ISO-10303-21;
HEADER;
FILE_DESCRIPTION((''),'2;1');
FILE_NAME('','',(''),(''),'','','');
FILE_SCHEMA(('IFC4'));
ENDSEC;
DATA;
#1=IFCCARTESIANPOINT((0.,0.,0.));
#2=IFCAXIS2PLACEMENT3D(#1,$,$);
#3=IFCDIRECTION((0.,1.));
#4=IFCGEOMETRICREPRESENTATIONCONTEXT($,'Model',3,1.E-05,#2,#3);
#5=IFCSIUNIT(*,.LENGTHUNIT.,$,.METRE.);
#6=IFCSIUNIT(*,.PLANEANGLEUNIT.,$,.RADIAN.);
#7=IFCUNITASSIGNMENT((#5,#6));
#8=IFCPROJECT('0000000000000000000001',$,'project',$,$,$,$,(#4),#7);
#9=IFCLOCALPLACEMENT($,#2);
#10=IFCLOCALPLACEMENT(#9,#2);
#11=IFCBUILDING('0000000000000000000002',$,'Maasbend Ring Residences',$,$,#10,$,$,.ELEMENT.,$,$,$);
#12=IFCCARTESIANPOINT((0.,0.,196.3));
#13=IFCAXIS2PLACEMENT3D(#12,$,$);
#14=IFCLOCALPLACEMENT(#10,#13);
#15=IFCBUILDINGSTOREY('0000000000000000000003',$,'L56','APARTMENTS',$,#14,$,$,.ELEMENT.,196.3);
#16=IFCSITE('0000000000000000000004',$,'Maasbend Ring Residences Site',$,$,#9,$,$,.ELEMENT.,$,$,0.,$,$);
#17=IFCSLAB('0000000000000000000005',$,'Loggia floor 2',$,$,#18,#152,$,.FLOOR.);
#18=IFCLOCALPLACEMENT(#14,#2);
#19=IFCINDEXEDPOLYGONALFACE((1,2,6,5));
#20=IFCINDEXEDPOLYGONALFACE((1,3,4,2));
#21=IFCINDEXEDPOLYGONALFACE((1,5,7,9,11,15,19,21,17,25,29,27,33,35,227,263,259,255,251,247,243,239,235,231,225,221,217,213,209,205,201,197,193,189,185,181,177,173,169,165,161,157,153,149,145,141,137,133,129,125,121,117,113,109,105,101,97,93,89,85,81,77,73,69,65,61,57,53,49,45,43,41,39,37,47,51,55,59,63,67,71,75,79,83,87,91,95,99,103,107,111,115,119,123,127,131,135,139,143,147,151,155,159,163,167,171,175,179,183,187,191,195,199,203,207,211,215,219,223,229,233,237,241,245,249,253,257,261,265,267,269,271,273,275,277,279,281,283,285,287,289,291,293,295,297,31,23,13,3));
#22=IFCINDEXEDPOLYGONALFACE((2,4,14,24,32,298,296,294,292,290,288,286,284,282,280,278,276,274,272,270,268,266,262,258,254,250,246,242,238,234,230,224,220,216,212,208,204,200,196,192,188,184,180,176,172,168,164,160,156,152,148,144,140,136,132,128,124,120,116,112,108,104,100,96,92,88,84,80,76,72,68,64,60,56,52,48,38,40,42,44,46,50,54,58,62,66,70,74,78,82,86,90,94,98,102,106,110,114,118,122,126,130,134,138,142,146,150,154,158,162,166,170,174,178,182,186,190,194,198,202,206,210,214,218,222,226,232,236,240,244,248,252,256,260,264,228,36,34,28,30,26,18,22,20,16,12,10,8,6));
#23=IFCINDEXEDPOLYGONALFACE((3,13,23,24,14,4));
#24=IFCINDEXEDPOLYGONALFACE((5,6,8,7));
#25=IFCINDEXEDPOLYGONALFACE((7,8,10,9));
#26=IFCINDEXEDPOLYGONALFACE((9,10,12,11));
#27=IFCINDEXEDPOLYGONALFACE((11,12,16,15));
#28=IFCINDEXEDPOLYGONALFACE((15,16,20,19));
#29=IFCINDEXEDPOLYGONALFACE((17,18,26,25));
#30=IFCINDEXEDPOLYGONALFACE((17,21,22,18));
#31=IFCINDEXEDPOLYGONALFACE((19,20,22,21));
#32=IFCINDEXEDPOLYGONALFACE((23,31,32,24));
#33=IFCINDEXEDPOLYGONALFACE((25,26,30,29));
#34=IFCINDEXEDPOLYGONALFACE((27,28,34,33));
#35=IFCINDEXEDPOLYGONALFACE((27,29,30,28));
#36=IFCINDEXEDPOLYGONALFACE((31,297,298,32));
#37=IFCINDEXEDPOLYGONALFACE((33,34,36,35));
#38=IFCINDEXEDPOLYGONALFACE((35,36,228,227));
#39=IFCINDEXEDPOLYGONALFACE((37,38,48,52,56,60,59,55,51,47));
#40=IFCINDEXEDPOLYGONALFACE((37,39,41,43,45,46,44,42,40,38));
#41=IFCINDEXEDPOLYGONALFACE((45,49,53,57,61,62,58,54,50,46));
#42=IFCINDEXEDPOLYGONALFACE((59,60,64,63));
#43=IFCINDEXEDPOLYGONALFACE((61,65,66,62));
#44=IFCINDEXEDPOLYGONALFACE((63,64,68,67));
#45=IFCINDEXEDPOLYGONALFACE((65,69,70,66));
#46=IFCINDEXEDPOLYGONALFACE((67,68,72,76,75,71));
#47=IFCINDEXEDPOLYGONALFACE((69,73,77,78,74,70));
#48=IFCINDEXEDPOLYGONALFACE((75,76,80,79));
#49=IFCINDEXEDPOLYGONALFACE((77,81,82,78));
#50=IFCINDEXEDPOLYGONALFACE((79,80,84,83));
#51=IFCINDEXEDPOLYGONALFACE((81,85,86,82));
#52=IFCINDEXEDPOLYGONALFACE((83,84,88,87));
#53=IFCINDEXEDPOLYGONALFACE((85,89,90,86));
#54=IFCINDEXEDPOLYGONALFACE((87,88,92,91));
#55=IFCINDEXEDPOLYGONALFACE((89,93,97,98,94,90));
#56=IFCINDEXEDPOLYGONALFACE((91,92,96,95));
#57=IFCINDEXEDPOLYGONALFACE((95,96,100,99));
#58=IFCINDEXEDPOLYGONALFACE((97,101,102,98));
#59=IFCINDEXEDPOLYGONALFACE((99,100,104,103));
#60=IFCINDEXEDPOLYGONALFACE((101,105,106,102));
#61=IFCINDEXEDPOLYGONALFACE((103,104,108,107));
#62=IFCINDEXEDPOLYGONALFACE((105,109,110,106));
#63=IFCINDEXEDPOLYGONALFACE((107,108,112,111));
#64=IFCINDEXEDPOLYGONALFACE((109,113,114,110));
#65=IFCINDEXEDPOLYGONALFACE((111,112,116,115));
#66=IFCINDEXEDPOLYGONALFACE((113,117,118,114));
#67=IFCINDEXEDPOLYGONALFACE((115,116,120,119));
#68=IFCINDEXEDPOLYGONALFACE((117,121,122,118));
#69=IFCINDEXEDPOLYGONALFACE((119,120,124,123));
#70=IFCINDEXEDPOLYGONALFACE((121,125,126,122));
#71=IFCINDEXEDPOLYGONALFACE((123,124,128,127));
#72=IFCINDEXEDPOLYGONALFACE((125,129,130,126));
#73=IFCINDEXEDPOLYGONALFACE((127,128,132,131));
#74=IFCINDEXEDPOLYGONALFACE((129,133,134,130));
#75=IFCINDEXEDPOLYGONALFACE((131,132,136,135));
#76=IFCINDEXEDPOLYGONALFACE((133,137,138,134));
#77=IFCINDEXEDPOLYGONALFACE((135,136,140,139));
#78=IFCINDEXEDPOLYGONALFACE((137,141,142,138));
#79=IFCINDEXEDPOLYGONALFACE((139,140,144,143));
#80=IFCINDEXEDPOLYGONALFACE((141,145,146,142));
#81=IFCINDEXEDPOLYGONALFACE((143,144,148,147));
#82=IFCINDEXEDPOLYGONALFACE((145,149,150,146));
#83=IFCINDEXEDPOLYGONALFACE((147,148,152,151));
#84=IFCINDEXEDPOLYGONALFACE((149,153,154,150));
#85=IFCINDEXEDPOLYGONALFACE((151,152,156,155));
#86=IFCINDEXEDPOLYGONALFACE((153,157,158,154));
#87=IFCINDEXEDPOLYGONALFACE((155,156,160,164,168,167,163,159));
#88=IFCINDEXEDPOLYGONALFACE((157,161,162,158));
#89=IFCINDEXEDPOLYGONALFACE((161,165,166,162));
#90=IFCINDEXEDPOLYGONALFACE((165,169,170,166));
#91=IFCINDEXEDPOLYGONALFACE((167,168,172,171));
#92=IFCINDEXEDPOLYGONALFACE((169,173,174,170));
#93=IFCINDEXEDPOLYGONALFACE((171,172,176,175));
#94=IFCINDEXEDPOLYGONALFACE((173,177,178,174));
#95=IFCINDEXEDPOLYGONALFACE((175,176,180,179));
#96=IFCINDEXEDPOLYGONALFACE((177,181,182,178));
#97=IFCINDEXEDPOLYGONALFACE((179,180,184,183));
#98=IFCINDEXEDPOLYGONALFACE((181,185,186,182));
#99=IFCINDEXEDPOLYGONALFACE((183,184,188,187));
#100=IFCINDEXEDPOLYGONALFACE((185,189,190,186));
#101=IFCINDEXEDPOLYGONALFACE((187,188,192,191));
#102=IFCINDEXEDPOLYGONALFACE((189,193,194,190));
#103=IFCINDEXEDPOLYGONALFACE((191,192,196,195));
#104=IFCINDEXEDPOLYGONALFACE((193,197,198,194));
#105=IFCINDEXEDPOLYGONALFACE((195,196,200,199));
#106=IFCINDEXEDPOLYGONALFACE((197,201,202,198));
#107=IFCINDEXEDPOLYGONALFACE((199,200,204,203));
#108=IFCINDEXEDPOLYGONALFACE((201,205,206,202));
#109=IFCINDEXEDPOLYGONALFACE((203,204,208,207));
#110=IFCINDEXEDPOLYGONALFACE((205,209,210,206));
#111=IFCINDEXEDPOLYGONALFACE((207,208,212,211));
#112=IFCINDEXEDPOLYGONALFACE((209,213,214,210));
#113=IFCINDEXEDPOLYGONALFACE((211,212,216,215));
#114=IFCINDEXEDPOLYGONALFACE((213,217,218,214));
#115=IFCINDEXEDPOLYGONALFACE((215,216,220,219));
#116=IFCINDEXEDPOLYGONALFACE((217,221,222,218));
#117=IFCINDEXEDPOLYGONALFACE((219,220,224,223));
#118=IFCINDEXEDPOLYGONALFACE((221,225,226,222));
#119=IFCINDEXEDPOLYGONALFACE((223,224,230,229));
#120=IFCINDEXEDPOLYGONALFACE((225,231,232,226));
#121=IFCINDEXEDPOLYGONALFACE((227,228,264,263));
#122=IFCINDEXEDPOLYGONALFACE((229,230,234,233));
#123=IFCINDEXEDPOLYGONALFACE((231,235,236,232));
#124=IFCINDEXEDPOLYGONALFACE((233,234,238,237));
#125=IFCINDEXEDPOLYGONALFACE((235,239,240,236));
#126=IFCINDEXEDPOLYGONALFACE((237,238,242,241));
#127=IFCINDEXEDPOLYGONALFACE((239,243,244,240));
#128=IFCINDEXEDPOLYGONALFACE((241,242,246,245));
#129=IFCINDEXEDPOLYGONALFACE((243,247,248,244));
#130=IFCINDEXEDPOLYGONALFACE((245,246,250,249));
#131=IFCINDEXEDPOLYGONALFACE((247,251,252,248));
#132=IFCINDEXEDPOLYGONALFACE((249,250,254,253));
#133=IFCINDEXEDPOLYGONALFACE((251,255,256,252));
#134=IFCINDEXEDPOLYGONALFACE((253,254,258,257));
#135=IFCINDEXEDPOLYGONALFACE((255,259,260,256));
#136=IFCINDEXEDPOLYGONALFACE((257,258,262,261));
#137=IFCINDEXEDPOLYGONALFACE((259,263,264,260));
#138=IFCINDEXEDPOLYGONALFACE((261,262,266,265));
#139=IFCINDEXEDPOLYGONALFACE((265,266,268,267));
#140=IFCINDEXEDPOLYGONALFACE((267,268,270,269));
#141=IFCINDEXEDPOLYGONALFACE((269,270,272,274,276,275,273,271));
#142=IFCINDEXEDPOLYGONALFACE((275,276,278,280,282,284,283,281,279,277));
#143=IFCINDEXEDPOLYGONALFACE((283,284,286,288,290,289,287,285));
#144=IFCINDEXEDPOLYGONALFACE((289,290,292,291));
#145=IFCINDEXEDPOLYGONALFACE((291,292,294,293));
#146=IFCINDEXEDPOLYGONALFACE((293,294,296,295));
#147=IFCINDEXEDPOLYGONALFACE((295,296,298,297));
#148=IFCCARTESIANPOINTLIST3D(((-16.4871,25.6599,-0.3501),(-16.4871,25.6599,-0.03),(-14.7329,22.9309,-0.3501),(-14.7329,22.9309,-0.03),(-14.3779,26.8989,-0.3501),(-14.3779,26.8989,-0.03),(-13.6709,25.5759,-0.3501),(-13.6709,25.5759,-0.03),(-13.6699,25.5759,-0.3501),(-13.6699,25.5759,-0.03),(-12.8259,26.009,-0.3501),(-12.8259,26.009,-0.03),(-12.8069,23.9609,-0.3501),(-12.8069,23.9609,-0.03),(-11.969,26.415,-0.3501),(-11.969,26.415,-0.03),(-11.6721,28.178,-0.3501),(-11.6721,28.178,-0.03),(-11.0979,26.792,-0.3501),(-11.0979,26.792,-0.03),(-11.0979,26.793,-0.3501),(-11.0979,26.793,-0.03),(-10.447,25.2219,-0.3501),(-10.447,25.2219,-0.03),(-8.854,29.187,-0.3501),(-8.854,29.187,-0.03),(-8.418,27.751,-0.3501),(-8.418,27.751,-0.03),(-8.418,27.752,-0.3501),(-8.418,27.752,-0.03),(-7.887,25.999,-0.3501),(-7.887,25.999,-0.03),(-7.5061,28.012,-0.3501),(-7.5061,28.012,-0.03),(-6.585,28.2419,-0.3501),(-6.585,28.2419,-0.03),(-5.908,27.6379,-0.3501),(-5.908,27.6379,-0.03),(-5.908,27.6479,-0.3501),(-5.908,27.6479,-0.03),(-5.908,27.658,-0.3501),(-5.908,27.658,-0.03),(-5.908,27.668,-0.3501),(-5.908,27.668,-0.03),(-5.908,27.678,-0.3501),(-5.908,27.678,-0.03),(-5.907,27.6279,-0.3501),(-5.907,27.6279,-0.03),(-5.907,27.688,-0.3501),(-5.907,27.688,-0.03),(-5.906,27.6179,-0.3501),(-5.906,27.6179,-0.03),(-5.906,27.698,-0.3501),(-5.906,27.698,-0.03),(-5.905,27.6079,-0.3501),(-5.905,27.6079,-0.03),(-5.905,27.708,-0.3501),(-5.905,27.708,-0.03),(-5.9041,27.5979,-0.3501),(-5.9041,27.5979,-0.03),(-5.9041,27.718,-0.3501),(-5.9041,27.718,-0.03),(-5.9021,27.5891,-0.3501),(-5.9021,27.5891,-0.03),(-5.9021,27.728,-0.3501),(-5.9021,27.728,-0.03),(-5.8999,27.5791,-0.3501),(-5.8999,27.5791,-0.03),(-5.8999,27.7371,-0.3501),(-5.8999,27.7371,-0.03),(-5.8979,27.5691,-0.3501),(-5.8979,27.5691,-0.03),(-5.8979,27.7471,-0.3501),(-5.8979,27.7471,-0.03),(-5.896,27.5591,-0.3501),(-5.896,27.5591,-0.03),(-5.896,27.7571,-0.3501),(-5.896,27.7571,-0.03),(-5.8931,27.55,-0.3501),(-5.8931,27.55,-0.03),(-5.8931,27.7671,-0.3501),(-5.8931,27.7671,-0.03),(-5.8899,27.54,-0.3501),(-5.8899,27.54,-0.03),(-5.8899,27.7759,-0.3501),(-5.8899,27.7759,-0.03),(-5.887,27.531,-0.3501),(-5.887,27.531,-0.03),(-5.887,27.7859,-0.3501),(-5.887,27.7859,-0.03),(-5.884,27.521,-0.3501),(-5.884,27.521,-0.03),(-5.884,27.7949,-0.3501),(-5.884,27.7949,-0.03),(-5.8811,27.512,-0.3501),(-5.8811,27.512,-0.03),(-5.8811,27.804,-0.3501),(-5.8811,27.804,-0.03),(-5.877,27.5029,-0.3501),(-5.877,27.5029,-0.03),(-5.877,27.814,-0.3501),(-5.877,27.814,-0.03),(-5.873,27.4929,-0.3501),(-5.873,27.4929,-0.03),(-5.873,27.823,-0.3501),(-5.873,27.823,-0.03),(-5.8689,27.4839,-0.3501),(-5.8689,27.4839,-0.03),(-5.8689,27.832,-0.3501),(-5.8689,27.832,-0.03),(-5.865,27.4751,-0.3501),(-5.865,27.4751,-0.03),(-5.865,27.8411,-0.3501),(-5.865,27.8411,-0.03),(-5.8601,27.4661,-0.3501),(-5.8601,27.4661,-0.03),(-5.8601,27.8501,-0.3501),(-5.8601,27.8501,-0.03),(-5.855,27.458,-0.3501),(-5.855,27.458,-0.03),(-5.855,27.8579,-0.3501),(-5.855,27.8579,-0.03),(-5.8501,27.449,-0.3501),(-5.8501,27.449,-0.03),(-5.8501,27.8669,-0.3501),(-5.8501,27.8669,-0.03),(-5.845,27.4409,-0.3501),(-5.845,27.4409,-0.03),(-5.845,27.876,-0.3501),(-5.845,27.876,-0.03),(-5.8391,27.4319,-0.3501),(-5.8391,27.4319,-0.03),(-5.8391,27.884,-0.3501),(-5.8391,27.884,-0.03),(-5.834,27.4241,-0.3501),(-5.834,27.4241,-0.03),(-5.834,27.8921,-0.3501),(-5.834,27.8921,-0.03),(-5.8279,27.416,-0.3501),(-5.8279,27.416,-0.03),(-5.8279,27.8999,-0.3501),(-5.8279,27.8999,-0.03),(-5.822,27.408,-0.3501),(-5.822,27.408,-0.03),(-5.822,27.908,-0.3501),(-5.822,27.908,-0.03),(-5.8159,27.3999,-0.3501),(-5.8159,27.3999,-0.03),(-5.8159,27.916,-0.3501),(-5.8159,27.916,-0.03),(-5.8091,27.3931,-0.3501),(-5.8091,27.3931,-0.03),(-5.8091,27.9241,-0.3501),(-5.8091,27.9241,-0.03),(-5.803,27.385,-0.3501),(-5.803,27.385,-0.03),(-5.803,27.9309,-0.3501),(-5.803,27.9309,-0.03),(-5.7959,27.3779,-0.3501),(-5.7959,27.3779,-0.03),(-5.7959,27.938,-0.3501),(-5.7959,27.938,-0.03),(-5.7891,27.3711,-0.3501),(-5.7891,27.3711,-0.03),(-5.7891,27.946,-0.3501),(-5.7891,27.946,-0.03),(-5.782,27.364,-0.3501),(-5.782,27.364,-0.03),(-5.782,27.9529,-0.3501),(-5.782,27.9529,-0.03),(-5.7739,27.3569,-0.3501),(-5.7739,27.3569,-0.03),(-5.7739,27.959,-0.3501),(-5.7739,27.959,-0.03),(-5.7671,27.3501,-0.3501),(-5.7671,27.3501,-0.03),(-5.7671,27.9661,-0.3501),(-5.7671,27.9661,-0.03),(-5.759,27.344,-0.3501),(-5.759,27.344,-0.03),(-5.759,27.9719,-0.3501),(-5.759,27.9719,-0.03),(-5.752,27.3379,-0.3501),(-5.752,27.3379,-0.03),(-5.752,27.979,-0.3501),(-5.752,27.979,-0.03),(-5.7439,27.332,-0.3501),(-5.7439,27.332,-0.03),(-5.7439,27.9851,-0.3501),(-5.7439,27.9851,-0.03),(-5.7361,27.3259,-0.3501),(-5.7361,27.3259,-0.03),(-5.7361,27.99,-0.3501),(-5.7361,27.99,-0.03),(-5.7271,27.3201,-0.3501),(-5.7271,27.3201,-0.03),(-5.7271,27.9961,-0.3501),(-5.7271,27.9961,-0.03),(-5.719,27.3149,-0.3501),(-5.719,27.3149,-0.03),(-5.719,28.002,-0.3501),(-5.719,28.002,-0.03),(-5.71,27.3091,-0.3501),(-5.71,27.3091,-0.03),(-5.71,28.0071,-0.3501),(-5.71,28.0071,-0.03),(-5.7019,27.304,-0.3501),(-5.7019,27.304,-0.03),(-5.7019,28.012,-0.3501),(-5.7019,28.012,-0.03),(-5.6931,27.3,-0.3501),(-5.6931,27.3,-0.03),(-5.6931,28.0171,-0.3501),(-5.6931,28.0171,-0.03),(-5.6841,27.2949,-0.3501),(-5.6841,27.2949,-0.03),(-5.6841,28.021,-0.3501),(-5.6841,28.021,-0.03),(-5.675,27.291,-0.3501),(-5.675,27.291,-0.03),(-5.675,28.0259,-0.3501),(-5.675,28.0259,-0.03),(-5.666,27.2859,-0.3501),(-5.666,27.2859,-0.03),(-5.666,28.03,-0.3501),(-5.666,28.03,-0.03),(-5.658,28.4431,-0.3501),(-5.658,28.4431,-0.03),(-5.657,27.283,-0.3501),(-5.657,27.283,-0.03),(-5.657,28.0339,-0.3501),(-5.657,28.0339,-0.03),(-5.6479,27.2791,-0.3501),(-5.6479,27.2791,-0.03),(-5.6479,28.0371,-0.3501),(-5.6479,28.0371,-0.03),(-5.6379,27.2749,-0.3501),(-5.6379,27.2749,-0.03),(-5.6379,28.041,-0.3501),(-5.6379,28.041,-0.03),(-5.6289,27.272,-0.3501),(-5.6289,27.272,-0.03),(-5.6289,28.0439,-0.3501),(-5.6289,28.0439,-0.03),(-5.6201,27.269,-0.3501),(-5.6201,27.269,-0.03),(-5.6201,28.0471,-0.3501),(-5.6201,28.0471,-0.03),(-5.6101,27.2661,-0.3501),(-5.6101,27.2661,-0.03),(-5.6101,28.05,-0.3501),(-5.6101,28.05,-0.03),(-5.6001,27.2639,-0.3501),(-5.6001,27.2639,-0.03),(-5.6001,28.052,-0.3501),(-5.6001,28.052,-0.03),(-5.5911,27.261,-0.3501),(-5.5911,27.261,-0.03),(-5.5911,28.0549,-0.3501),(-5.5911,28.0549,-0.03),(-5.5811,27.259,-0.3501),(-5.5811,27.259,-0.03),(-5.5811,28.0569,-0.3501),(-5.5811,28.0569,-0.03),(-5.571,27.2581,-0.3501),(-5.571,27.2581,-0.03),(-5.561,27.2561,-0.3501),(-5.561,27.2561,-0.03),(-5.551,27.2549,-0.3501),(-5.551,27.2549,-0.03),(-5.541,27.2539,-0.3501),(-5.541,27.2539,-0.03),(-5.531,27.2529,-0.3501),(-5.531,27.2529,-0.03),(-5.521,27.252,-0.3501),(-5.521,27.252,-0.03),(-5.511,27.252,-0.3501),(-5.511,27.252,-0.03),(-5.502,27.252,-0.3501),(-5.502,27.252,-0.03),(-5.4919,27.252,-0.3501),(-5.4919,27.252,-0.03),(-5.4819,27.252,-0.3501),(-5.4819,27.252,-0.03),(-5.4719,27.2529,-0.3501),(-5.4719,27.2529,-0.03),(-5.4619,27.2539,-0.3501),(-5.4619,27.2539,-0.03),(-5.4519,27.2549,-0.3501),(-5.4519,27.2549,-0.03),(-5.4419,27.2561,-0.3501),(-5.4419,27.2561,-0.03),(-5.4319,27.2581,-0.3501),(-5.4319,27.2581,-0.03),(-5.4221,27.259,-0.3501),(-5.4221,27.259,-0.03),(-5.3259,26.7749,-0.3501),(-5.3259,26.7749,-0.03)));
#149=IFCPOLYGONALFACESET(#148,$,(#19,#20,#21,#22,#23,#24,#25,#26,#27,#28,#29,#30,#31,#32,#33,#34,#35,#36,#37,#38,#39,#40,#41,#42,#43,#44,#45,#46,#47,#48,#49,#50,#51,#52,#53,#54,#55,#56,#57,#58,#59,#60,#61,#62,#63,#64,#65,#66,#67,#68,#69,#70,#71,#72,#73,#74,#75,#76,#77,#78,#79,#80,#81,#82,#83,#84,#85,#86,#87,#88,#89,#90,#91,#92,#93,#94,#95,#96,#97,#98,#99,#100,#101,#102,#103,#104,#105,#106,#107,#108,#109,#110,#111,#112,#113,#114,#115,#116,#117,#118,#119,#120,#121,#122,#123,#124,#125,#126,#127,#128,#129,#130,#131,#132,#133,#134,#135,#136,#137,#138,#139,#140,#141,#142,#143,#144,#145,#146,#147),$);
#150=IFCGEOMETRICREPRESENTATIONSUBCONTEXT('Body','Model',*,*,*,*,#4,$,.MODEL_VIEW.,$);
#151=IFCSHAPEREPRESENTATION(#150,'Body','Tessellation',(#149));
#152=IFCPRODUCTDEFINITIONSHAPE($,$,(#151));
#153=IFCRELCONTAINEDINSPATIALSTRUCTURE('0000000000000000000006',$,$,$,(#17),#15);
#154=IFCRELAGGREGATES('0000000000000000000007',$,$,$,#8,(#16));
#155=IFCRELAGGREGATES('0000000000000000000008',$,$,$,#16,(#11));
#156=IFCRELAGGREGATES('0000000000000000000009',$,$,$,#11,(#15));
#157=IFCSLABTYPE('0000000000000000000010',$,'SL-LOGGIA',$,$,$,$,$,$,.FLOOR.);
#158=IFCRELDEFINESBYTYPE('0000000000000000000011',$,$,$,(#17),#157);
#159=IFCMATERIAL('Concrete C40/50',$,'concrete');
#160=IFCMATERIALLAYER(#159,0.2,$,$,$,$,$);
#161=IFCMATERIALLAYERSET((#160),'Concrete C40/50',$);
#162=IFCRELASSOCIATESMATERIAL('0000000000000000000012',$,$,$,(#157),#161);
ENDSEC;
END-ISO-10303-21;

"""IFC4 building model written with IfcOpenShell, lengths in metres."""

from ifc_helpers import new_model, si_unit, direction, frame, origin, place, context, subcontext, project, spatial, polyline, outline, extrude, material, layer, layer_set, type_object, element, save


model = new_model("IFC4")

# Units and contexts
model_context = context("Model", 3, precision=1e-05, world=origin(), true_north=direction((0.0, 1.0)))
body_context = subcontext(model_context, "Body", "Model", "MODEL_VIEW")
ifc_project = project(units=[si_unit("LENGTHUNIT", "METRE"), si_unit("PLANEANGLEUNIT", "RADIAN")], contexts=[model_context])

# Site, building, storey
site_placement = place(None, origin())
site = spatial("IfcSite", under=ifc_project, at=site_placement, Name="Maasbend Ring Residences Site", CompositionType="ELEMENT", RefElevation=0.0)
building_placement = place(site_placement, origin())
building = spatial("IfcBuilding", under=site, at=building_placement, Name="Maasbend Ring Residences", CompositionType="ELEMENT")
storey_placement = place(building_placement, frame((0.0, 0.0, 196.3)))
storey = spatial("IfcBuildingStorey", under=building, at=storey_placement, Name="L56", Description="APARTMENTS", CompositionType="ELEMENT", Elevation=196.3)

# Slab
ifc_material_1 = material(Name="Concrete C40/50", Category="concrete")
ifc_layer_1 = layer(ifc_material_1, 0.2)
ifc_layer_set_1 = layer_set([ifc_layer_1], Name="Concrete C40/50")
slab_type_1 = type_object("IfcSlabType", Name="SL-LOGGIA", PredefinedType="FLOOR", material=ifc_layer_set_1)
slab_1_placement = place(storey_placement, frame((0.0, 0.0, -0.3501)))
element("IfcSlab", 1, at=slab_1_placement, inside=storey, type_object=slab_type_1, Name="Loggia floor 2", PredefinedType="FLOOR", context=body_context, shape_type="SweptSolid", body=[
    extrude(outline(polyline([(-13.6709, 25.5759), (-13.6709, 25.5759), (-13.6709, 25.5759), (-13.6709, 25.5759), (-13.6709, 25.5759), (-13.6709, 25.5759), (-13.6709, 25.5759), (-13.6699, 25.5759), (-13.6699, 25.5759), (-13.6699, 25.5759), (-13.6699, 25.5759), (-13.6699, 25.5759), (-13.6699, 25.5759), (-13.6699, 25.5759), (-13.6699, 25.5759), (-13.6699, 25.5759), (-13.6699, 25.5759), (-12.8259, 26.009), (-12.8259, 26.009), (-11.969, 26.415), (-11.969, 26.415), (-11.0979, 26.792), (-11.0979, 26.792), (-11.0979, 26.792), (-11.0979, 26.792), (-11.0979, 26.792), (-11.0979, 26.792), (-11.0979, 26.792), (-11.0979, 26.793), (-11.0979, 26.793), (-11.0979, 26.793), (-11.0979, 26.793), (-11.0979, 26.793), (-11.0979, 26.793), (-11.0979, 26.793), (-11.0979, 26.793), (-11.0979, 26.793), (-11.0979, 26.793), (-11.6721, 28.178), (-11.6721, 28.178), (-11.6721, 28.178), (-8.854, 29.187), (-8.854, 29.187), (-8.854, 29.187), (-8.418, 27.752), (-8.418, 27.752), (-8.418, 27.752), (-8.418, 27.752), (-8.418, 27.752), (-8.418, 27.752), (-8.418, 27.752), (-8.418, 27.751), (-8.418, 27.751), (-8.418, 27.751), (-8.418, 27.751), (-8.418, 27.751), (-8.418, 27.751), (-8.418, 27.751), (-8.418, 27.751), (-8.418, 27.751), (-8.418, 27.751), (-7.5061, 28.012), (-7.5061, 28.012), (-6.585, 28.2419), (-6.585, 28.2419), (-5.658, 28.4431), (-5.658, 28.4431), (-5.658, 28.4431), (-5.5811, 28.0569), (-5.5911, 28.0549), (-5.6001, 28.052), (-5.6101, 28.05), (-5.6201, 28.0471), (-5.6289, 28.0439), (-5.6379, 28.041), (-5.6479, 28.0371), (-5.657, 28.0339), (-5.666, 28.03), (-5.675, 28.0259), (-5.6841, 28.021), (-5.6931, 28.0171), (-5.7019, 28.012), (-5.71, 28.0071), (-5.719, 28.002), (-5.7271, 27.9961), (-5.7361, 27.99), (-5.7439, 27.9851), (-5.752, 27.979), (-5.759, 27.9719), (-5.7671, 27.9661), (-5.7739, 27.959), (-5.782, 27.9529), (-5.7891, 27.946), (-5.7959, 27.938), (-5.803, 27.9309), (-5.8091, 27.9241), (-5.8159, 27.916), (-5.822, 27.908), (-5.8279, 27.8999), (-5.834, 27.8921), (-5.8391, 27.884), (-5.845, 27.876), (-5.8501, 27.8669), (-5.855, 27.8579), (-5.8601, 27.8501), (-5.865, 27.8411), (-5.8689, 27.832), (-5.873, 27.823), (-5.877, 27.814), (-5.8811, 27.804), (-5.884, 27.7949), (-5.887, 27.7859), (-5.8899, 27.7759), (-5.8931, 27.7671), (-5.896, 27.7571), (-5.8979, 27.7471), (-5.8999, 27.7371), (-5.9021, 27.728), (-5.9041, 27.718), (-5.905, 27.708), (-5.906, 27.698), (-5.907, 27.688), (-5.908, 27.678), (-5.908, 27.668), (-5.908, 27.658), (-5.908, 27.6479), (-5.908, 27.6379), (-5.907, 27.6279), (-5.906, 27.6179), (-5.905, 27.6079), (-5.9041, 27.5979), (-5.9021, 27.5891), (-5.8999, 27.5791), (-5.8979, 27.5691), (-5.896, 27.5591), (-5.8931, 27.55), (-5.8899, 27.54), (-5.887, 27.531), (-5.884, 27.521), (-5.8811, 27.512), (-5.877, 27.5029), (-5.873, 27.4929), (-5.8689, 27.4839), (-5.865, 27.4751), (-5.8601, 27.4661), (-5.855, 27.458), (-5.8501, 27.449), (-5.845, 27.4409), (-5.8391, 27.4319), (-5.834, 27.4241), (-5.8279, 27.416), (-5.822, 27.408), (-5.8159, 27.3999), (-5.8091, 27.3931), (-5.803, 27.385), (-5.7959, 27.3779), (-5.7891, 27.3711), (-5.782, 27.364), (-5.7739, 27.3569), (-5.7671, 27.3501), (-5.759, 27.344), (-5.752, 27.3379), (-5.7439, 27.332), (-5.7361, 27.3259), (-5.7271, 27.3201), (-5.719, 27.3149), (-5.71, 27.3091), (-5.7019, 27.304), (-5.6931, 27.3), (-5.6841, 27.2949), (-5.675, 27.291), (-5.666, 27.2859), (-5.657, 27.283), (-5.6479, 27.2791), (-5.6379, 27.2749), (-5.6289, 27.272), (-5.6201, 27.269), (-5.6101, 27.2661), (-5.6001, 27.2639), (-5.5911, 27.261), (-5.5811, 27.259), (-5.571, 27.2581), (-5.561, 27.2561), (-5.551, 27.2549), (-5.541, 27.2539), (-5.531, 27.2529), (-5.521, 27.252), (-5.511, 27.252), (-5.502, 27.252), (-5.4919, 27.252), (-5.4819, 27.252), (-5.4719, 27.2529), (-5.4619, 27.2539), (-5.4519, 27.2549), (-5.4419, 27.2561), (-5.4319, 27.2581), (-5.4221, 27.259), (-5.3259, 26.7749), (-5.3259, 26.7749), (-5.3259, 26.7749), (-7.887, 25.999), (-10.447, 25.2219), (-10.447, 25.2219), (-10.447, 25.2219), (-12.8069, 23.9609), (-14.7329, 22.9309), (-14.7329, 22.9309), (-14.7329, 22.9309), (-16.4871, 25.6599), (-16.4871, 25.6599), (-16.4871, 25.6599), (-14.3779, 26.8989), (-14.3779, 26.8989), (-14.3779, 26.8989), (-13.6709, 25.5759)])), origin(), (0.0, 0.0, 1.0), 0.3201),
])

save(model, "model.ifc")
